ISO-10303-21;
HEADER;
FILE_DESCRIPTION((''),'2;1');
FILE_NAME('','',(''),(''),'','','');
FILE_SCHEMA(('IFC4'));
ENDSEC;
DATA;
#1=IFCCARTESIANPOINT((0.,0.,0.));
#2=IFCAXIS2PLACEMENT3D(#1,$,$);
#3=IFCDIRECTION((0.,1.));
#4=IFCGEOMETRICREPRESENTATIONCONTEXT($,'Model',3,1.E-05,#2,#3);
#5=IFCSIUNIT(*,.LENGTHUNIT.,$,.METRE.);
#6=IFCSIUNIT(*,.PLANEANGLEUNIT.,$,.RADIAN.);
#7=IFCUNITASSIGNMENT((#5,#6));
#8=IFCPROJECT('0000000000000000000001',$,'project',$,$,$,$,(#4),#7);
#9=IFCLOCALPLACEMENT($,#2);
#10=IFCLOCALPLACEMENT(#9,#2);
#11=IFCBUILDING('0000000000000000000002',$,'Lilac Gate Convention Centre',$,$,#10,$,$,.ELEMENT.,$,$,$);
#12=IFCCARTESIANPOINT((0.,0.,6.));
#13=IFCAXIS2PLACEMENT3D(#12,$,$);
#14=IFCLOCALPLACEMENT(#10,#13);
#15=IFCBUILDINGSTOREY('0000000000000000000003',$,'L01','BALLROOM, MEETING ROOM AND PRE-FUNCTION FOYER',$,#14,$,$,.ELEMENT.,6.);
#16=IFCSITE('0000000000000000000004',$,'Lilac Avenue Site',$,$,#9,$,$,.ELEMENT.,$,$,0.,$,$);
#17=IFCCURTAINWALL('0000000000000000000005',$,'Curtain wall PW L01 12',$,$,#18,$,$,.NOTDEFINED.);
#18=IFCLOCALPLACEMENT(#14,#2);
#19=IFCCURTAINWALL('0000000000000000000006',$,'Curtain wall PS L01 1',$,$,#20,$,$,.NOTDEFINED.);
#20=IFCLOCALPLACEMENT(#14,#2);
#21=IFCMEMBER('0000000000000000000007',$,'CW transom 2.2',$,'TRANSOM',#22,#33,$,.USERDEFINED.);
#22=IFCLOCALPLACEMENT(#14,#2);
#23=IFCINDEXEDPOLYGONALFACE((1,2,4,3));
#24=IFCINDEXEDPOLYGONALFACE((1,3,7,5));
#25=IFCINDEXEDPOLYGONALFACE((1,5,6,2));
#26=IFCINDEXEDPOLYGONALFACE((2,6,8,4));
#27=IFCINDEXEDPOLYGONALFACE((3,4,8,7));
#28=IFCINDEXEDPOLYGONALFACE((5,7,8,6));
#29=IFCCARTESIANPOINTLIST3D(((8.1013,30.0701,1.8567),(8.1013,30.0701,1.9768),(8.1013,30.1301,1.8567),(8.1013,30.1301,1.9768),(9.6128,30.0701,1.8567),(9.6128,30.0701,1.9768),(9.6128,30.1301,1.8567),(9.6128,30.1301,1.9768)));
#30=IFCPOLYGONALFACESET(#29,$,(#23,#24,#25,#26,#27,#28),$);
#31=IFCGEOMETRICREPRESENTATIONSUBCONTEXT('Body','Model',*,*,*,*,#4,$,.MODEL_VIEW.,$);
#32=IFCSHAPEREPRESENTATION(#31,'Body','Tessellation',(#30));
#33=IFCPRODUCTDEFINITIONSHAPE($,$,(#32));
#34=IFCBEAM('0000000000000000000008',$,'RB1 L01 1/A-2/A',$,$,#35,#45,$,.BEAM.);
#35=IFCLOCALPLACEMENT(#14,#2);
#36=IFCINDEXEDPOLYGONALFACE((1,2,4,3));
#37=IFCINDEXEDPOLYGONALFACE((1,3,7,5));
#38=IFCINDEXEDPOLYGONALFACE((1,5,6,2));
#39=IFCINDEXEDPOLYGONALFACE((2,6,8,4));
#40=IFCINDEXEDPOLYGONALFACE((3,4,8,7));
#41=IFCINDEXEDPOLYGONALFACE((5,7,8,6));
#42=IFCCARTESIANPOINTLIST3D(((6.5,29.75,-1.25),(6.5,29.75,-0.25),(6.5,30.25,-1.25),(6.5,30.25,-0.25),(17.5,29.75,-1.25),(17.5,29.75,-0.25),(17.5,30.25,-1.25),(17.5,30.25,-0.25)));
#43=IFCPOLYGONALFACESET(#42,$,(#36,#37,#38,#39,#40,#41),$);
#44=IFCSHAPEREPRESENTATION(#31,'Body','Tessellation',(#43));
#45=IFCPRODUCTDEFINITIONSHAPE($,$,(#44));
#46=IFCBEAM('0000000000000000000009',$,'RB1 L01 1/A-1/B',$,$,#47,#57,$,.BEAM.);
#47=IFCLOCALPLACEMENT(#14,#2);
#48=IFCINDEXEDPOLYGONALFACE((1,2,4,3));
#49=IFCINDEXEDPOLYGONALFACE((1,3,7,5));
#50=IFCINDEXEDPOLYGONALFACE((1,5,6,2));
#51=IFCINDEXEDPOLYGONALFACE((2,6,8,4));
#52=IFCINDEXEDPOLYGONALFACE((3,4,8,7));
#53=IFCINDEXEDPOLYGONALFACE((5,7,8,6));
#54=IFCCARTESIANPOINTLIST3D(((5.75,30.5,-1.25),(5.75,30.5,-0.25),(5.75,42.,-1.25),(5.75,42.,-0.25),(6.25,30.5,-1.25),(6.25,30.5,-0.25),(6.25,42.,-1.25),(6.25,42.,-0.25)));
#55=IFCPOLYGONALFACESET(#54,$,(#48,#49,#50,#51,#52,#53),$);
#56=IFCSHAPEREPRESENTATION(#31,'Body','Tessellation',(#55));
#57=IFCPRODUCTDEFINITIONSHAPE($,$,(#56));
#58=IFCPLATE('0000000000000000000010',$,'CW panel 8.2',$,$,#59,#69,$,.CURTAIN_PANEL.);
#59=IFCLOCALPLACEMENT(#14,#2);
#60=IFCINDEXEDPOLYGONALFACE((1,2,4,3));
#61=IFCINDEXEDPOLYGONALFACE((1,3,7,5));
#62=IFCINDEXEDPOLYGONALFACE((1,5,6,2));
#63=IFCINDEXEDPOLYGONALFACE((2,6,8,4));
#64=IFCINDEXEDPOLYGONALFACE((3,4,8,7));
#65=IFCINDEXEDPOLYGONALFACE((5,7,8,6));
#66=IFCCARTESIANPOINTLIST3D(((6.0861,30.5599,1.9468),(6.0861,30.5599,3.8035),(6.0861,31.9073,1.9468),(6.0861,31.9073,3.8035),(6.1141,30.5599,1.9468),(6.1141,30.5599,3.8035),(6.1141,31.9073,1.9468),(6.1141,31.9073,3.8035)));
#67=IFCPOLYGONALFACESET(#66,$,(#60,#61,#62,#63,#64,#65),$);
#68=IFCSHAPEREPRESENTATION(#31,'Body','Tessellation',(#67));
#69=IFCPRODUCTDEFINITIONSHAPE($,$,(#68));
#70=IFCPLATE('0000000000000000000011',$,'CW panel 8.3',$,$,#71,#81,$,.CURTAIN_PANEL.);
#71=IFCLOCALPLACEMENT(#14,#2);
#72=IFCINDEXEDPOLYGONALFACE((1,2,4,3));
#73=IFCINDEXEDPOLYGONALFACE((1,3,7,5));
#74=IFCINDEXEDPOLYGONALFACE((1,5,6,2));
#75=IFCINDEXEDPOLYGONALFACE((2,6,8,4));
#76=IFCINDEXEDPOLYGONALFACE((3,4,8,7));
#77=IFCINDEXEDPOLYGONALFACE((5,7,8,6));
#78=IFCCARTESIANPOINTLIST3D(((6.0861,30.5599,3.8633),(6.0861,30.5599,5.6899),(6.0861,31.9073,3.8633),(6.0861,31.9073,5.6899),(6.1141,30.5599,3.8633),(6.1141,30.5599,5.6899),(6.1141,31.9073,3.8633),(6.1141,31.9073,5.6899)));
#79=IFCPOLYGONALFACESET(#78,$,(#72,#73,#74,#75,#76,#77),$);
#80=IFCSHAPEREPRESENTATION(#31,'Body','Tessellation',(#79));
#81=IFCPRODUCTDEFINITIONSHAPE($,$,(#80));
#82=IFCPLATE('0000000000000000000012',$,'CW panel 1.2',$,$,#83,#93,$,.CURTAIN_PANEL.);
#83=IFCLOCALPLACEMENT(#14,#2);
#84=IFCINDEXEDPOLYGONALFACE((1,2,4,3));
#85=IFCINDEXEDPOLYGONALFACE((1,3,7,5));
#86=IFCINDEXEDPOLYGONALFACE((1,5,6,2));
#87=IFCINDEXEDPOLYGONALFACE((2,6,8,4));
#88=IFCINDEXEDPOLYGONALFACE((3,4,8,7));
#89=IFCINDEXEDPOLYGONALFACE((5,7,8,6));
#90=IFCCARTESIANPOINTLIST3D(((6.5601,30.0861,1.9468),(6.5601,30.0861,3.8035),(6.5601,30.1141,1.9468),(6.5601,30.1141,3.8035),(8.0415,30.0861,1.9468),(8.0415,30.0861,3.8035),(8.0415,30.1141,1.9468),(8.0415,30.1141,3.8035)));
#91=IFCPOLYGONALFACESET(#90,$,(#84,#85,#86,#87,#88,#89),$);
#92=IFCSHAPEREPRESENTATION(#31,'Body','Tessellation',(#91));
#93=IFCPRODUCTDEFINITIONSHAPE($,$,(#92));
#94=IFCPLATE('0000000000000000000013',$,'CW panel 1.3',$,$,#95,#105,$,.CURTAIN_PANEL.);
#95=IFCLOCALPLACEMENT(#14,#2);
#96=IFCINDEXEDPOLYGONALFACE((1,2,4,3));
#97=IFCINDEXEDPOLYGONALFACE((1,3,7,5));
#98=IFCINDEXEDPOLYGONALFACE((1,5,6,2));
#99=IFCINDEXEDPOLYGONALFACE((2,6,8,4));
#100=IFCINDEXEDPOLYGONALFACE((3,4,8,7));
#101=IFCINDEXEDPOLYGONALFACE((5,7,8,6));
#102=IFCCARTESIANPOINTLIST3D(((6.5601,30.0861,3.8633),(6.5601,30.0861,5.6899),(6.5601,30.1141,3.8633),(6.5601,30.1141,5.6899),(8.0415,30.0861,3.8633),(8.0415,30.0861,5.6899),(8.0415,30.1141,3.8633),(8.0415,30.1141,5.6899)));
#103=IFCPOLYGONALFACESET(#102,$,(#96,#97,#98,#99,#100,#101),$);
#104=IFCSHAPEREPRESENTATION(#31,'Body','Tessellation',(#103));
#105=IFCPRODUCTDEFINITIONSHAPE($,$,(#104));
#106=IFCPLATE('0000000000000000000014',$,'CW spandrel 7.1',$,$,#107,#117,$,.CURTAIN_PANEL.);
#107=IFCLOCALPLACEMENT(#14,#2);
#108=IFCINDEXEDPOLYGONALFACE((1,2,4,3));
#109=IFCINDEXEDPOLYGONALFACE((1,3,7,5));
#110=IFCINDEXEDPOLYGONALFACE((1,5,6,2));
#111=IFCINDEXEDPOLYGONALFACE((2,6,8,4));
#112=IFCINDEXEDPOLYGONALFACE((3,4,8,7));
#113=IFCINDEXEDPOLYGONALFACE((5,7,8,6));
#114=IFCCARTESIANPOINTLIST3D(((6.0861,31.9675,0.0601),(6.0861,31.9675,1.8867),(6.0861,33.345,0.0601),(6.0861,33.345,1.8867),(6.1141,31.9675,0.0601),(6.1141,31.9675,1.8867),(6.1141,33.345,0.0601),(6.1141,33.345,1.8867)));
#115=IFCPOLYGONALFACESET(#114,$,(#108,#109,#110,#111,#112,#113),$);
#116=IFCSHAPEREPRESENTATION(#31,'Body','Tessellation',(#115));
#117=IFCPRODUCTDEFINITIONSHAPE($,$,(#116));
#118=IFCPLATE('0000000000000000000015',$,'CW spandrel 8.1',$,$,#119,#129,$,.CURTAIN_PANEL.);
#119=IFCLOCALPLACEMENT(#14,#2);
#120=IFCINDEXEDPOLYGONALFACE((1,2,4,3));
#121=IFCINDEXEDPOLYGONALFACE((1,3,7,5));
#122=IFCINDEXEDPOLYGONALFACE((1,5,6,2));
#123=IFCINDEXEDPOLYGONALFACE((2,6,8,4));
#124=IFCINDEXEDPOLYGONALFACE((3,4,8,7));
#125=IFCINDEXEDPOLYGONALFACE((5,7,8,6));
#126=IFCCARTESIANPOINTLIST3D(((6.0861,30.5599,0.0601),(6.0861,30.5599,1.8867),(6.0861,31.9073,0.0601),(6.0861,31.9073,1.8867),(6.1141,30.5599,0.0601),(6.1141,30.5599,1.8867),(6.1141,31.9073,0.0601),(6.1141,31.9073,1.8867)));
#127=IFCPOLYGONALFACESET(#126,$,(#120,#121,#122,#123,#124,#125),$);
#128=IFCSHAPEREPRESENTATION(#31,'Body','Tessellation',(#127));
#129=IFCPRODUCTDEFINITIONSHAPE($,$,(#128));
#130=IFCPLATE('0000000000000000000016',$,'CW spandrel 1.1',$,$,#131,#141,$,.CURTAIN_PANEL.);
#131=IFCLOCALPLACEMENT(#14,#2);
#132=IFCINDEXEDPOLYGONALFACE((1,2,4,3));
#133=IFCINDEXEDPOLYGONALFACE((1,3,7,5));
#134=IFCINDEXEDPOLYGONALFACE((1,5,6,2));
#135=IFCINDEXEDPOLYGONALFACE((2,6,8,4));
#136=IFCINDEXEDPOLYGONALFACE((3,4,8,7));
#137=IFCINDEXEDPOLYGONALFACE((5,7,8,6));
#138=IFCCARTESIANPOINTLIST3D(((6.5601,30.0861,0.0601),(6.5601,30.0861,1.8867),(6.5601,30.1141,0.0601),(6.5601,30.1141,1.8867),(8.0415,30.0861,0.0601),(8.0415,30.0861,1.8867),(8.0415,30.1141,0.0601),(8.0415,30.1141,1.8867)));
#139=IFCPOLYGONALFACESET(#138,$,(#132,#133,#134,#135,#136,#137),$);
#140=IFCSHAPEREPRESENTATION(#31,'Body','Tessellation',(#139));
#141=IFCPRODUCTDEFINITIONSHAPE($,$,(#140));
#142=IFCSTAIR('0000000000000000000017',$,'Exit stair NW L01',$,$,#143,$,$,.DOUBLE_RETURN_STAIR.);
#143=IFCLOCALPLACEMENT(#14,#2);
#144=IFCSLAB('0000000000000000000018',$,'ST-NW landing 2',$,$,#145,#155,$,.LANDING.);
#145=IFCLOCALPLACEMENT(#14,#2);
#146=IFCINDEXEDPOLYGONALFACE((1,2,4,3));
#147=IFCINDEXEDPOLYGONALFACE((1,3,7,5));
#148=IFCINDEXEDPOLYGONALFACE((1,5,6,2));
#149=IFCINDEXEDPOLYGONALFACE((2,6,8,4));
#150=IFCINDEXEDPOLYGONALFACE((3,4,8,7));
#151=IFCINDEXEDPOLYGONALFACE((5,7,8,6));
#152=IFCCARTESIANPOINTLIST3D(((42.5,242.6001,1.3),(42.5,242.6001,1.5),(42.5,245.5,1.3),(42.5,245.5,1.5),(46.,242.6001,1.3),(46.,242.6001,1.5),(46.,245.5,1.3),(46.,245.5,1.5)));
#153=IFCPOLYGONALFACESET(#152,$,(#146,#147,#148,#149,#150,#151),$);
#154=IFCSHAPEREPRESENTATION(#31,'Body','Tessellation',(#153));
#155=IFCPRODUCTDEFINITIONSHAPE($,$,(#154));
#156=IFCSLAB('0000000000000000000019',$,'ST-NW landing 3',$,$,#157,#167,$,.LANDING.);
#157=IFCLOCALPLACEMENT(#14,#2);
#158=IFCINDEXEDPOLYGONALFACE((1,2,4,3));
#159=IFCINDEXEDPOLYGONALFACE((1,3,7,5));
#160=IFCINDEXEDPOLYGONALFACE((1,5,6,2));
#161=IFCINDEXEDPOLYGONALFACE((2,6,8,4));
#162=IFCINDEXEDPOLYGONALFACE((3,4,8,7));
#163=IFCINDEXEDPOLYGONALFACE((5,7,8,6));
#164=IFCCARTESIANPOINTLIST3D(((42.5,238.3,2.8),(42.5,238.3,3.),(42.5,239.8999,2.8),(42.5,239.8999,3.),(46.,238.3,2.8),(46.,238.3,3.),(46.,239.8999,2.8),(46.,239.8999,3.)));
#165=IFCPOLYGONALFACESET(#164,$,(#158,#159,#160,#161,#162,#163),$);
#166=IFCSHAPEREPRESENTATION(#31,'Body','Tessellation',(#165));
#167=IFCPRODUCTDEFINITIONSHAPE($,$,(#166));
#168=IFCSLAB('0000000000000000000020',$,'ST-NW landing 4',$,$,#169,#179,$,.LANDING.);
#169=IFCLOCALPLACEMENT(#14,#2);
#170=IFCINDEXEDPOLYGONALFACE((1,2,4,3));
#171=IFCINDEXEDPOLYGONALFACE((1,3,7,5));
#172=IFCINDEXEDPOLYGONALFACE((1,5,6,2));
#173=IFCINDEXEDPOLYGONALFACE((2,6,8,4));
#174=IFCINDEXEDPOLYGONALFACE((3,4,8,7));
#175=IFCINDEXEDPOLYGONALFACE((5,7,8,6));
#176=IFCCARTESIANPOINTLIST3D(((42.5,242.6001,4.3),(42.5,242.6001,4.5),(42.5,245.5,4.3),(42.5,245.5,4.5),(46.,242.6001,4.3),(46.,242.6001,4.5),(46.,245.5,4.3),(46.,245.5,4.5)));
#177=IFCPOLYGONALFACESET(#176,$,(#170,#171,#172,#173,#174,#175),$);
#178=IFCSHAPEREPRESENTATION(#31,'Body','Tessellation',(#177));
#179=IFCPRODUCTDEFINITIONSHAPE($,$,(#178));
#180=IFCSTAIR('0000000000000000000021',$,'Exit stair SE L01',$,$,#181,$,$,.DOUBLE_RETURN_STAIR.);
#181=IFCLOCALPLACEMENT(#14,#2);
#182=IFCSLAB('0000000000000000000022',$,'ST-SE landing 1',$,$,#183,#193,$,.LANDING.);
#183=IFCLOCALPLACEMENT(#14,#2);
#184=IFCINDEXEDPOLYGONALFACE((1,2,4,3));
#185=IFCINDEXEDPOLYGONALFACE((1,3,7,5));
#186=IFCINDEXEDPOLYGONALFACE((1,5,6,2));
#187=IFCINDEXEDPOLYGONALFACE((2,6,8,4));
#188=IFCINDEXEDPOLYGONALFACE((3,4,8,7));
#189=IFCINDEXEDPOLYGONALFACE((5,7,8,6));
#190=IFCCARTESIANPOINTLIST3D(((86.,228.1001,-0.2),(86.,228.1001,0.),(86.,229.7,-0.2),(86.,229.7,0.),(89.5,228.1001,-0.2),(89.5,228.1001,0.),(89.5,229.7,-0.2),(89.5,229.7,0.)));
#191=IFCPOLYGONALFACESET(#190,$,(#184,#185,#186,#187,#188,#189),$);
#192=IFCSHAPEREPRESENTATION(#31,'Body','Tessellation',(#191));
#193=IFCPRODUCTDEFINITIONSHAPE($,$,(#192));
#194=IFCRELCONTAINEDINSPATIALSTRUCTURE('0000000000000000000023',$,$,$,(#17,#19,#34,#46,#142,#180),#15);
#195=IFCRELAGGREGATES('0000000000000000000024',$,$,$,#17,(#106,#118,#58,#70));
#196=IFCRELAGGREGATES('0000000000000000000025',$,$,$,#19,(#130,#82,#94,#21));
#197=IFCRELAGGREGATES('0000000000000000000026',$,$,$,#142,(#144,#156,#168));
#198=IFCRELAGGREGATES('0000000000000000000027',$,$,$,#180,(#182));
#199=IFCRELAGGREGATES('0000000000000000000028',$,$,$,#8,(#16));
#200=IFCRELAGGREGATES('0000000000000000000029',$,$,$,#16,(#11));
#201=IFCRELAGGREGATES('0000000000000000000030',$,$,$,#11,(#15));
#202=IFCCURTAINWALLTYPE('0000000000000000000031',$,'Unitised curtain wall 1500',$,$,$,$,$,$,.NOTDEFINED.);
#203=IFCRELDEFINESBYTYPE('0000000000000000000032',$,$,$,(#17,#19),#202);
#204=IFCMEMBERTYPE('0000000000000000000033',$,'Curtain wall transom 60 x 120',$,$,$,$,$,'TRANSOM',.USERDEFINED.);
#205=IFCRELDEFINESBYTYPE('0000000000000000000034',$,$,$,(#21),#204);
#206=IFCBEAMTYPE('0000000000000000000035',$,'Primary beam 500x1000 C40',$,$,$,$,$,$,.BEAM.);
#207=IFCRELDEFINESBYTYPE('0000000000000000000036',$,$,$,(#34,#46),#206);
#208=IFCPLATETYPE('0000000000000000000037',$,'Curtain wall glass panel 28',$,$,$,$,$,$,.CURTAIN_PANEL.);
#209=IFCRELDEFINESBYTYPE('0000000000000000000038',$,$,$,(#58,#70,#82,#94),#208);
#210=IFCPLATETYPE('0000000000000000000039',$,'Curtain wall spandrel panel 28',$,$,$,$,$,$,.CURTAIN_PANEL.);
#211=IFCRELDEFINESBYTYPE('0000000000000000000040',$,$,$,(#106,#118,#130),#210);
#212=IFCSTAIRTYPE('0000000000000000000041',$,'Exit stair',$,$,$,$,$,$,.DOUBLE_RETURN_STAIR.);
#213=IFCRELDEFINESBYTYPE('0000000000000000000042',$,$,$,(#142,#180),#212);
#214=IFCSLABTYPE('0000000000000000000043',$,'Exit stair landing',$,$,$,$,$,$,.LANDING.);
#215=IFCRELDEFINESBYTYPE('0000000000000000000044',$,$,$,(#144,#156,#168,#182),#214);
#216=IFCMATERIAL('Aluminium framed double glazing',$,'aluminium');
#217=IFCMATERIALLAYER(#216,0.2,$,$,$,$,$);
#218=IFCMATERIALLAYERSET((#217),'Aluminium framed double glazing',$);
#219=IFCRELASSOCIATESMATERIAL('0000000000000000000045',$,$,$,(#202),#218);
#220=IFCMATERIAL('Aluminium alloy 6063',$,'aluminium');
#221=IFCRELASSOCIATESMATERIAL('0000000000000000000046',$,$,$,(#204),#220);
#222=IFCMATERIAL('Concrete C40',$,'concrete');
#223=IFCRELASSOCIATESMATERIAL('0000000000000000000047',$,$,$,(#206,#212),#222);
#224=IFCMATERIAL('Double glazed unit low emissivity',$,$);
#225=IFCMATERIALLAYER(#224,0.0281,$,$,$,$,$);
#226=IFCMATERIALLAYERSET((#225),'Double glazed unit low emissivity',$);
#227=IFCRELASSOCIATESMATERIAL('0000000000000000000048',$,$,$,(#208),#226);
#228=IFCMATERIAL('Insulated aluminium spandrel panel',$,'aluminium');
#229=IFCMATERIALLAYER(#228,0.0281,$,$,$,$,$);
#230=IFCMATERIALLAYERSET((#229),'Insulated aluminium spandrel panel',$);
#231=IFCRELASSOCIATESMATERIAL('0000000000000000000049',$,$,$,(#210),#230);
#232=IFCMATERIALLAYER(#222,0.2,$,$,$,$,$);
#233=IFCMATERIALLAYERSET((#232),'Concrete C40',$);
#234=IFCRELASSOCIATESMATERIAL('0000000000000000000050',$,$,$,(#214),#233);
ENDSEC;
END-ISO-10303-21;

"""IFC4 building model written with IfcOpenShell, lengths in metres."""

from ifc_helpers import new_model, si_unit, direction, frame, origin, origin_2d, place, context, subcontext, project, spatial, polyline, rectangle, outline, extrude, material, layer, layer_set, material_profile, profile_set, type_object, element, aggregate, save


model = new_model("IFC4")

# Units and contexts
model_context = context("Model", 3, precision=1e-05, world=origin(), true_north=direction((0.0, 1.0)))
body_context = subcontext(model_context, "Body", "Model", "MODEL_VIEW")
ifc_project = project(units=[si_unit("LENGTHUNIT", "METRE"), si_unit("PLANEANGLEUNIT", "RADIAN")], contexts=[model_context])

# Site, building, storey
site_placement = place(None, origin())
site = spatial("IfcSite", under=ifc_project, at=site_placement, Name="Lilac Avenue Site", CompositionType="ELEMENT", RefElevation=0.0)
building_placement = place(site_placement, origin())
building = spatial("IfcBuilding", under=site, at=building_placement, Name="Lilac Gate Convention Centre", CompositionType="ELEMENT")
storey_placement = place(building_placement, frame((0.0, 0.0, 6.0)))
storey = spatial("IfcBuildingStorey", under=building, at=storey_placement, Name="L01", Description="BALLROOM, MEETING ROOM AND PRE-FUNCTION FOYER", CompositionType="ELEMENT", Elevation=6.0)

# Shared definitions
ifc_material_1 = material(Name="Concrete C40", Category="concrete")

# Curtain walls
ifc_material_2 = material(Name="Aluminium framed double glazing", Category="aluminium")
ifc_layer_1 = layer(ifc_material_2, 0.2)
ifc_layer_set_1 = layer_set([ifc_layer_1], Name="Aluminium framed double glazing")
curtain_wall_type = type_object("IfcCurtainWallType", Name="Unitised curtain wall 1500", PredefinedType="NOTDEFINED", material=ifc_layer_set_1)
curtain_wall_1_placement = place(storey_placement, origin())
curtain_wall_1 = element("IfcCurtainWall", 1, at=curtain_wall_1_placement, inside=storey, type_object=curtain_wall_type, Name="Curtain wall PW L01 12", PredefinedType="NOTDEFINED")
ifc_material_3 = material(Name="Aluminium alloy 6063", Category="aluminium")
curtain_wall_2_placement = place(storey_placement, origin())
curtain_wall_2 = element("IfcCurtainWall", 2, at=curtain_wall_2_placement, inside=storey, type_object=curtain_wall_type, Name="Curtain wall PS L01 1", PredefinedType="NOTDEFINED")

# Member
ifc_material_profile_1 = material_profile(ifc_material_3, rectangle(XDim=0.0601, YDim=0.1201, at=origin_2d()), Name="Curtain wall transom 60 x 120")
ifc_profile_set_1 = profile_set([ifc_material_profile_1], Name="Aluminium alloy 6063")
member_type_1 = type_object("IfcMemberType", Name="Curtain wall transom 60 x 120", ElementType="TRANSOM", PredefinedType="USERDEFINED", material=ifc_profile_set_1)
member_1_placement = place(storey_placement, frame((8.1013, 30.1001, 1.9167), z_axis=(1.0, 0.0, 0.0), x_axis=(0.0, 1.0, 0.0)))
member_1 = element("IfcMember", 3, at=member_1_placement, type_object=member_type_1, Name="CW transom 2.2", ObjectType="TRANSOM", PredefinedType="USERDEFINED", context=body_context, shape_type="SweptSolid", body=[
    extrude(rectangle(XDim=0.0601, YDim=0.1201, at=origin_2d()), origin(), (0.0, 0.0, 1.0), 1.5115),
])

# Beams
ifc_material_profile_2 = material_profile(ifc_material_1, rectangle(XDim=0.5, YDim=1.0, at=origin_2d()), Name="RC 500x1000")
ifc_profile_set_2 = profile_set([ifc_material_profile_2], Name="Concrete C40")
beam_type = type_object("IfcBeamType", Name="Primary beam 500x1000 C40", PredefinedType="BEAM", material=ifc_profile_set_2)
beam_1_placement = place(storey_placement, frame((6.5, 30.0, -0.75), z_axis=(1.0, 0.0, 0.0), x_axis=(0.0, 1.0, 0.0)))
element("IfcBeam", 4, at=beam_1_placement, inside=storey, type_object=beam_type, Name="RB1 L01 1/A-2/A", PredefinedType="BEAM", context=body_context, shape_type="SweptSolid", body=[
    extrude(rectangle(XDim=0.5, YDim=1.0, at=origin_2d()), origin(), (0.0, 0.0, 1.0), 11.0),
])
beam_2_placement = place(storey_placement, frame((6.0, 30.5, -0.75), z_axis=(0.0, 1.0, 0.0), x_axis=(-1.0, 0.0, 0.0)))
element("IfcBeam", 5, at=beam_2_placement, inside=storey, type_object=beam_type, Name="RB1 L01 1/A-1/B", PredefinedType="BEAM", context=body_context, shape_type="SweptSolid", body=[
    extrude(rectangle(XDim=0.5, YDim=1.0, at=origin_2d()), origin(), (0.0, 0.0, 1.0), 11.5),
])

# Plates
ifc_material_4 = material(Name="Double glazed unit low emissivity")
ifc_layer_2 = layer(ifc_material_4, 0.0281)
ifc_layer_set_2 = layer_set([ifc_layer_2], Name="Double glazed unit low emissivity")
plate_type_1 = type_object("IfcPlateType", Name="Curtain wall glass panel 28", PredefinedType="CURTAIN_PANEL", material=ifc_layer_set_2)
plate_1_placement = place(storey_placement, frame((6.1001, 31.2336, 1.9468), z_axis=(0.0, 0.0, 1.0), x_axis=(0.0, -1.0, 0.0)))
plate_1 = element("IfcPlate", 6, at=plate_1_placement, type_object=plate_type_1, Name="CW panel 8.2", PredefinedType="CURTAIN_PANEL", context=body_context, shape_type="SweptSolid", body=[
    extrude(rectangle(XDim=1.3474, YDim=0.0281, at=origin_2d()), origin(), (0.0, 0.0, 1.0), 1.8567),
])
plate_2_placement = place(storey_placement, frame((6.1001, 31.2336, 3.8633), z_axis=(0.0, 0.0, 1.0), x_axis=(0.0, -1.0, 0.0)))
plate_2 = element("IfcPlate", 7, at=plate_2_placement, type_object=plate_type_1, Name="CW panel 8.3", PredefinedType="CURTAIN_PANEL", context=body_context, shape_type="SweptSolid", body=[
    extrude(rectangle(XDim=1.3474, YDim=0.0281, at=origin_2d()), origin(), (0.0, 0.0, 1.0), 1.8267),
])
plate_3_placement = place(storey_placement, frame((7.3008, 30.1001, 1.9468), z_axis=(0.0, 0.0, 1.0), x_axis=(1.0, 0.0, 0.0)))
plate_3 = element("IfcPlate", 8, at=plate_3_placement, type_object=plate_type_1, Name="CW panel 1.2", PredefinedType="CURTAIN_PANEL", context=body_context, shape_type="SweptSolid", body=[
    extrude(rectangle(XDim=1.4814, YDim=0.0281, at=origin_2d()), origin(), (0.0, 0.0, 1.0), 1.8567),
])
plate_4_placement = place(storey_placement, frame((7.3008, 30.1001, 3.8633), z_axis=(0.0, 0.0, 1.0), x_axis=(1.0, 0.0, 0.0)))
plate_4 = element("IfcPlate", 9, at=plate_4_placement, type_object=plate_type_1, Name="CW panel 1.3", PredefinedType="CURTAIN_PANEL", context=body_context, shape_type="SweptSolid", body=[
    extrude(rectangle(XDim=1.4814, YDim=0.0281, at=origin_2d()), origin(), (0.0, 0.0, 1.0), 1.8267),
])
ifc_material_5 = material(Name="Insulated aluminium spandrel panel", Category="aluminium")
ifc_layer_3 = layer(ifc_material_5, 0.0281)
ifc_layer_set_3 = layer_set([ifc_layer_3], Name="Insulated aluminium spandrel panel")
plate_type_2 = type_object("IfcPlateType", Name="Curtain wall spandrel panel 28", PredefinedType="CURTAIN_PANEL", material=ifc_layer_set_3)
plate_5_placement = place(storey_placement, frame((6.1001, 32.6562, 0.0601), z_axis=(0.0, 0.0, 1.0), x_axis=(0.0, -1.0, 0.0)))
plate_5 = element("IfcPlate", 10, at=plate_5_placement, type_object=plate_type_2, Name="CW spandrel 7.1", PredefinedType="CURTAIN_PANEL", context=body_context, shape_type="SweptSolid", body=[
    extrude(rectangle(XDim=1.3774, YDim=0.0281, at=origin_2d()), origin(), (0.0, 0.0, 1.0), 1.8267),
])
plate_6_placement = place(storey_placement, frame((6.1001, 31.2336, 0.0601), z_axis=(0.0, 0.0, 1.0), x_axis=(0.0, -1.0, 0.0)))
plate_6 = element("IfcPlate", 11, at=plate_6_placement, type_object=plate_type_2, Name="CW spandrel 8.1", PredefinedType="CURTAIN_PANEL", context=body_context, shape_type="SweptSolid", body=[
    extrude(rectangle(XDim=1.3474, YDim=0.0281, at=origin_2d()), origin(), (0.0, 0.0, 1.0), 1.8267),
])
aggregate(curtain_wall_1, [plate_5, plate_6, plate_1, plate_2])
plate_7_placement = place(storey_placement, frame((7.3008, 30.1001, 0.0601), z_axis=(0.0, 0.0, 1.0), x_axis=(1.0, 0.0, 0.0)))
plate_7 = element("IfcPlate", 12, at=plate_7_placement, type_object=plate_type_2, Name="CW spandrel 1.1", PredefinedType="CURTAIN_PANEL", context=body_context, shape_type="SweptSolid", body=[
    extrude(rectangle(XDim=1.4814, YDim=0.0281, at=origin_2d()), origin(), (0.0, 0.0, 1.0), 1.8267),
])
aggregate(curtain_wall_2, [plate_7, plate_3, plate_4, member_1])

# Stairs, slabs
stair_type = type_object("IfcStairType", Name="Exit stair", PredefinedType="DOUBLE_RETURN_STAIR", material=ifc_material_1)
stair_1_placement = place(storey_placement, origin())
stair_1 = element("IfcStair", 13, at=stair_1_placement, inside=storey, type_object=stair_type, Name="Exit stair NW L01", PredefinedType="DOUBLE_RETURN_STAIR")
ifc_layer_4 = layer(ifc_material_1, 0.2)
ifc_layer_set_4 = layer_set([ifc_layer_4], Name="Concrete C40")
slab_type = type_object("IfcSlabType", Name="Exit stair landing", PredefinedType="LANDING", material=ifc_layer_set_4)
slab_1_placement = place(storey_placement, frame((0.0, 0.0, 1.3)))
slab_1 = element("IfcSlab", 14, at=slab_1_placement, type_object=slab_type, Name="ST-NW landing 2", PredefinedType="LANDING", context=body_context, shape_type="SweptSolid", body=[
    extrude(outline(polyline([(42.5, 242.6001), (46.0, 242.6001), (46.0, 245.5), (42.5, 245.5), (42.5, 242.6001)])), origin(), (0.0, 0.0, 1.0), 0.2),
])
slab_2_placement = place(storey_placement, frame((0.0, 0.0, 2.8)))
slab_2 = element("IfcSlab", 15, at=slab_2_placement, type_object=slab_type, Name="ST-NW landing 3", PredefinedType="LANDING", context=body_context, shape_type="SweptSolid", body=[
    extrude(outline(polyline([(42.5, 238.3), (46.0, 238.3), (46.0, 239.8999), (42.5, 239.8999), (42.5, 238.3)])), origin(), (0.0, 0.0, 1.0), 0.2),
])
slab_3_placement = place(storey_placement, frame((0.0, 0.0, 4.3)))
slab_3 = element("IfcSlab", 16, at=slab_3_placement, type_object=slab_type, Name="ST-NW landing 4", PredefinedType="LANDING", context=body_context, shape_type="SweptSolid", body=[
    extrude(outline(polyline([(42.5, 242.6001), (46.0, 242.6001), (46.0, 245.5), (42.5, 245.5), (42.5, 242.6001)])), origin(), (0.0, 0.0, 1.0), 0.2),
])
aggregate(stair_1, [slab_1, slab_2, slab_3])
stair_2_placement = place(storey_placement, origin())
stair_2 = element("IfcStair", 17, at=stair_2_placement, inside=storey, type_object=stair_type, Name="Exit stair SE L01", PredefinedType="DOUBLE_RETURN_STAIR")
slab_4_placement = place(storey_placement, frame((0.0, 0.0, -0.2)))
slab_4 = element("IfcSlab", 18, at=slab_4_placement, type_object=slab_type, Name="ST-SE landing 1", PredefinedType="LANDING", context=body_context, shape_type="SweptSolid", body=[
    extrude(outline(polyline([(86.0, 228.1001), (89.5, 228.1001), (89.5, 229.7), (86.0, 229.7), (86.0, 228.1001)])), origin(), (0.0, 0.0, 1.0), 0.2),
])
aggregate(stair_2, [slab_4])

save(model, "model.ifc")
